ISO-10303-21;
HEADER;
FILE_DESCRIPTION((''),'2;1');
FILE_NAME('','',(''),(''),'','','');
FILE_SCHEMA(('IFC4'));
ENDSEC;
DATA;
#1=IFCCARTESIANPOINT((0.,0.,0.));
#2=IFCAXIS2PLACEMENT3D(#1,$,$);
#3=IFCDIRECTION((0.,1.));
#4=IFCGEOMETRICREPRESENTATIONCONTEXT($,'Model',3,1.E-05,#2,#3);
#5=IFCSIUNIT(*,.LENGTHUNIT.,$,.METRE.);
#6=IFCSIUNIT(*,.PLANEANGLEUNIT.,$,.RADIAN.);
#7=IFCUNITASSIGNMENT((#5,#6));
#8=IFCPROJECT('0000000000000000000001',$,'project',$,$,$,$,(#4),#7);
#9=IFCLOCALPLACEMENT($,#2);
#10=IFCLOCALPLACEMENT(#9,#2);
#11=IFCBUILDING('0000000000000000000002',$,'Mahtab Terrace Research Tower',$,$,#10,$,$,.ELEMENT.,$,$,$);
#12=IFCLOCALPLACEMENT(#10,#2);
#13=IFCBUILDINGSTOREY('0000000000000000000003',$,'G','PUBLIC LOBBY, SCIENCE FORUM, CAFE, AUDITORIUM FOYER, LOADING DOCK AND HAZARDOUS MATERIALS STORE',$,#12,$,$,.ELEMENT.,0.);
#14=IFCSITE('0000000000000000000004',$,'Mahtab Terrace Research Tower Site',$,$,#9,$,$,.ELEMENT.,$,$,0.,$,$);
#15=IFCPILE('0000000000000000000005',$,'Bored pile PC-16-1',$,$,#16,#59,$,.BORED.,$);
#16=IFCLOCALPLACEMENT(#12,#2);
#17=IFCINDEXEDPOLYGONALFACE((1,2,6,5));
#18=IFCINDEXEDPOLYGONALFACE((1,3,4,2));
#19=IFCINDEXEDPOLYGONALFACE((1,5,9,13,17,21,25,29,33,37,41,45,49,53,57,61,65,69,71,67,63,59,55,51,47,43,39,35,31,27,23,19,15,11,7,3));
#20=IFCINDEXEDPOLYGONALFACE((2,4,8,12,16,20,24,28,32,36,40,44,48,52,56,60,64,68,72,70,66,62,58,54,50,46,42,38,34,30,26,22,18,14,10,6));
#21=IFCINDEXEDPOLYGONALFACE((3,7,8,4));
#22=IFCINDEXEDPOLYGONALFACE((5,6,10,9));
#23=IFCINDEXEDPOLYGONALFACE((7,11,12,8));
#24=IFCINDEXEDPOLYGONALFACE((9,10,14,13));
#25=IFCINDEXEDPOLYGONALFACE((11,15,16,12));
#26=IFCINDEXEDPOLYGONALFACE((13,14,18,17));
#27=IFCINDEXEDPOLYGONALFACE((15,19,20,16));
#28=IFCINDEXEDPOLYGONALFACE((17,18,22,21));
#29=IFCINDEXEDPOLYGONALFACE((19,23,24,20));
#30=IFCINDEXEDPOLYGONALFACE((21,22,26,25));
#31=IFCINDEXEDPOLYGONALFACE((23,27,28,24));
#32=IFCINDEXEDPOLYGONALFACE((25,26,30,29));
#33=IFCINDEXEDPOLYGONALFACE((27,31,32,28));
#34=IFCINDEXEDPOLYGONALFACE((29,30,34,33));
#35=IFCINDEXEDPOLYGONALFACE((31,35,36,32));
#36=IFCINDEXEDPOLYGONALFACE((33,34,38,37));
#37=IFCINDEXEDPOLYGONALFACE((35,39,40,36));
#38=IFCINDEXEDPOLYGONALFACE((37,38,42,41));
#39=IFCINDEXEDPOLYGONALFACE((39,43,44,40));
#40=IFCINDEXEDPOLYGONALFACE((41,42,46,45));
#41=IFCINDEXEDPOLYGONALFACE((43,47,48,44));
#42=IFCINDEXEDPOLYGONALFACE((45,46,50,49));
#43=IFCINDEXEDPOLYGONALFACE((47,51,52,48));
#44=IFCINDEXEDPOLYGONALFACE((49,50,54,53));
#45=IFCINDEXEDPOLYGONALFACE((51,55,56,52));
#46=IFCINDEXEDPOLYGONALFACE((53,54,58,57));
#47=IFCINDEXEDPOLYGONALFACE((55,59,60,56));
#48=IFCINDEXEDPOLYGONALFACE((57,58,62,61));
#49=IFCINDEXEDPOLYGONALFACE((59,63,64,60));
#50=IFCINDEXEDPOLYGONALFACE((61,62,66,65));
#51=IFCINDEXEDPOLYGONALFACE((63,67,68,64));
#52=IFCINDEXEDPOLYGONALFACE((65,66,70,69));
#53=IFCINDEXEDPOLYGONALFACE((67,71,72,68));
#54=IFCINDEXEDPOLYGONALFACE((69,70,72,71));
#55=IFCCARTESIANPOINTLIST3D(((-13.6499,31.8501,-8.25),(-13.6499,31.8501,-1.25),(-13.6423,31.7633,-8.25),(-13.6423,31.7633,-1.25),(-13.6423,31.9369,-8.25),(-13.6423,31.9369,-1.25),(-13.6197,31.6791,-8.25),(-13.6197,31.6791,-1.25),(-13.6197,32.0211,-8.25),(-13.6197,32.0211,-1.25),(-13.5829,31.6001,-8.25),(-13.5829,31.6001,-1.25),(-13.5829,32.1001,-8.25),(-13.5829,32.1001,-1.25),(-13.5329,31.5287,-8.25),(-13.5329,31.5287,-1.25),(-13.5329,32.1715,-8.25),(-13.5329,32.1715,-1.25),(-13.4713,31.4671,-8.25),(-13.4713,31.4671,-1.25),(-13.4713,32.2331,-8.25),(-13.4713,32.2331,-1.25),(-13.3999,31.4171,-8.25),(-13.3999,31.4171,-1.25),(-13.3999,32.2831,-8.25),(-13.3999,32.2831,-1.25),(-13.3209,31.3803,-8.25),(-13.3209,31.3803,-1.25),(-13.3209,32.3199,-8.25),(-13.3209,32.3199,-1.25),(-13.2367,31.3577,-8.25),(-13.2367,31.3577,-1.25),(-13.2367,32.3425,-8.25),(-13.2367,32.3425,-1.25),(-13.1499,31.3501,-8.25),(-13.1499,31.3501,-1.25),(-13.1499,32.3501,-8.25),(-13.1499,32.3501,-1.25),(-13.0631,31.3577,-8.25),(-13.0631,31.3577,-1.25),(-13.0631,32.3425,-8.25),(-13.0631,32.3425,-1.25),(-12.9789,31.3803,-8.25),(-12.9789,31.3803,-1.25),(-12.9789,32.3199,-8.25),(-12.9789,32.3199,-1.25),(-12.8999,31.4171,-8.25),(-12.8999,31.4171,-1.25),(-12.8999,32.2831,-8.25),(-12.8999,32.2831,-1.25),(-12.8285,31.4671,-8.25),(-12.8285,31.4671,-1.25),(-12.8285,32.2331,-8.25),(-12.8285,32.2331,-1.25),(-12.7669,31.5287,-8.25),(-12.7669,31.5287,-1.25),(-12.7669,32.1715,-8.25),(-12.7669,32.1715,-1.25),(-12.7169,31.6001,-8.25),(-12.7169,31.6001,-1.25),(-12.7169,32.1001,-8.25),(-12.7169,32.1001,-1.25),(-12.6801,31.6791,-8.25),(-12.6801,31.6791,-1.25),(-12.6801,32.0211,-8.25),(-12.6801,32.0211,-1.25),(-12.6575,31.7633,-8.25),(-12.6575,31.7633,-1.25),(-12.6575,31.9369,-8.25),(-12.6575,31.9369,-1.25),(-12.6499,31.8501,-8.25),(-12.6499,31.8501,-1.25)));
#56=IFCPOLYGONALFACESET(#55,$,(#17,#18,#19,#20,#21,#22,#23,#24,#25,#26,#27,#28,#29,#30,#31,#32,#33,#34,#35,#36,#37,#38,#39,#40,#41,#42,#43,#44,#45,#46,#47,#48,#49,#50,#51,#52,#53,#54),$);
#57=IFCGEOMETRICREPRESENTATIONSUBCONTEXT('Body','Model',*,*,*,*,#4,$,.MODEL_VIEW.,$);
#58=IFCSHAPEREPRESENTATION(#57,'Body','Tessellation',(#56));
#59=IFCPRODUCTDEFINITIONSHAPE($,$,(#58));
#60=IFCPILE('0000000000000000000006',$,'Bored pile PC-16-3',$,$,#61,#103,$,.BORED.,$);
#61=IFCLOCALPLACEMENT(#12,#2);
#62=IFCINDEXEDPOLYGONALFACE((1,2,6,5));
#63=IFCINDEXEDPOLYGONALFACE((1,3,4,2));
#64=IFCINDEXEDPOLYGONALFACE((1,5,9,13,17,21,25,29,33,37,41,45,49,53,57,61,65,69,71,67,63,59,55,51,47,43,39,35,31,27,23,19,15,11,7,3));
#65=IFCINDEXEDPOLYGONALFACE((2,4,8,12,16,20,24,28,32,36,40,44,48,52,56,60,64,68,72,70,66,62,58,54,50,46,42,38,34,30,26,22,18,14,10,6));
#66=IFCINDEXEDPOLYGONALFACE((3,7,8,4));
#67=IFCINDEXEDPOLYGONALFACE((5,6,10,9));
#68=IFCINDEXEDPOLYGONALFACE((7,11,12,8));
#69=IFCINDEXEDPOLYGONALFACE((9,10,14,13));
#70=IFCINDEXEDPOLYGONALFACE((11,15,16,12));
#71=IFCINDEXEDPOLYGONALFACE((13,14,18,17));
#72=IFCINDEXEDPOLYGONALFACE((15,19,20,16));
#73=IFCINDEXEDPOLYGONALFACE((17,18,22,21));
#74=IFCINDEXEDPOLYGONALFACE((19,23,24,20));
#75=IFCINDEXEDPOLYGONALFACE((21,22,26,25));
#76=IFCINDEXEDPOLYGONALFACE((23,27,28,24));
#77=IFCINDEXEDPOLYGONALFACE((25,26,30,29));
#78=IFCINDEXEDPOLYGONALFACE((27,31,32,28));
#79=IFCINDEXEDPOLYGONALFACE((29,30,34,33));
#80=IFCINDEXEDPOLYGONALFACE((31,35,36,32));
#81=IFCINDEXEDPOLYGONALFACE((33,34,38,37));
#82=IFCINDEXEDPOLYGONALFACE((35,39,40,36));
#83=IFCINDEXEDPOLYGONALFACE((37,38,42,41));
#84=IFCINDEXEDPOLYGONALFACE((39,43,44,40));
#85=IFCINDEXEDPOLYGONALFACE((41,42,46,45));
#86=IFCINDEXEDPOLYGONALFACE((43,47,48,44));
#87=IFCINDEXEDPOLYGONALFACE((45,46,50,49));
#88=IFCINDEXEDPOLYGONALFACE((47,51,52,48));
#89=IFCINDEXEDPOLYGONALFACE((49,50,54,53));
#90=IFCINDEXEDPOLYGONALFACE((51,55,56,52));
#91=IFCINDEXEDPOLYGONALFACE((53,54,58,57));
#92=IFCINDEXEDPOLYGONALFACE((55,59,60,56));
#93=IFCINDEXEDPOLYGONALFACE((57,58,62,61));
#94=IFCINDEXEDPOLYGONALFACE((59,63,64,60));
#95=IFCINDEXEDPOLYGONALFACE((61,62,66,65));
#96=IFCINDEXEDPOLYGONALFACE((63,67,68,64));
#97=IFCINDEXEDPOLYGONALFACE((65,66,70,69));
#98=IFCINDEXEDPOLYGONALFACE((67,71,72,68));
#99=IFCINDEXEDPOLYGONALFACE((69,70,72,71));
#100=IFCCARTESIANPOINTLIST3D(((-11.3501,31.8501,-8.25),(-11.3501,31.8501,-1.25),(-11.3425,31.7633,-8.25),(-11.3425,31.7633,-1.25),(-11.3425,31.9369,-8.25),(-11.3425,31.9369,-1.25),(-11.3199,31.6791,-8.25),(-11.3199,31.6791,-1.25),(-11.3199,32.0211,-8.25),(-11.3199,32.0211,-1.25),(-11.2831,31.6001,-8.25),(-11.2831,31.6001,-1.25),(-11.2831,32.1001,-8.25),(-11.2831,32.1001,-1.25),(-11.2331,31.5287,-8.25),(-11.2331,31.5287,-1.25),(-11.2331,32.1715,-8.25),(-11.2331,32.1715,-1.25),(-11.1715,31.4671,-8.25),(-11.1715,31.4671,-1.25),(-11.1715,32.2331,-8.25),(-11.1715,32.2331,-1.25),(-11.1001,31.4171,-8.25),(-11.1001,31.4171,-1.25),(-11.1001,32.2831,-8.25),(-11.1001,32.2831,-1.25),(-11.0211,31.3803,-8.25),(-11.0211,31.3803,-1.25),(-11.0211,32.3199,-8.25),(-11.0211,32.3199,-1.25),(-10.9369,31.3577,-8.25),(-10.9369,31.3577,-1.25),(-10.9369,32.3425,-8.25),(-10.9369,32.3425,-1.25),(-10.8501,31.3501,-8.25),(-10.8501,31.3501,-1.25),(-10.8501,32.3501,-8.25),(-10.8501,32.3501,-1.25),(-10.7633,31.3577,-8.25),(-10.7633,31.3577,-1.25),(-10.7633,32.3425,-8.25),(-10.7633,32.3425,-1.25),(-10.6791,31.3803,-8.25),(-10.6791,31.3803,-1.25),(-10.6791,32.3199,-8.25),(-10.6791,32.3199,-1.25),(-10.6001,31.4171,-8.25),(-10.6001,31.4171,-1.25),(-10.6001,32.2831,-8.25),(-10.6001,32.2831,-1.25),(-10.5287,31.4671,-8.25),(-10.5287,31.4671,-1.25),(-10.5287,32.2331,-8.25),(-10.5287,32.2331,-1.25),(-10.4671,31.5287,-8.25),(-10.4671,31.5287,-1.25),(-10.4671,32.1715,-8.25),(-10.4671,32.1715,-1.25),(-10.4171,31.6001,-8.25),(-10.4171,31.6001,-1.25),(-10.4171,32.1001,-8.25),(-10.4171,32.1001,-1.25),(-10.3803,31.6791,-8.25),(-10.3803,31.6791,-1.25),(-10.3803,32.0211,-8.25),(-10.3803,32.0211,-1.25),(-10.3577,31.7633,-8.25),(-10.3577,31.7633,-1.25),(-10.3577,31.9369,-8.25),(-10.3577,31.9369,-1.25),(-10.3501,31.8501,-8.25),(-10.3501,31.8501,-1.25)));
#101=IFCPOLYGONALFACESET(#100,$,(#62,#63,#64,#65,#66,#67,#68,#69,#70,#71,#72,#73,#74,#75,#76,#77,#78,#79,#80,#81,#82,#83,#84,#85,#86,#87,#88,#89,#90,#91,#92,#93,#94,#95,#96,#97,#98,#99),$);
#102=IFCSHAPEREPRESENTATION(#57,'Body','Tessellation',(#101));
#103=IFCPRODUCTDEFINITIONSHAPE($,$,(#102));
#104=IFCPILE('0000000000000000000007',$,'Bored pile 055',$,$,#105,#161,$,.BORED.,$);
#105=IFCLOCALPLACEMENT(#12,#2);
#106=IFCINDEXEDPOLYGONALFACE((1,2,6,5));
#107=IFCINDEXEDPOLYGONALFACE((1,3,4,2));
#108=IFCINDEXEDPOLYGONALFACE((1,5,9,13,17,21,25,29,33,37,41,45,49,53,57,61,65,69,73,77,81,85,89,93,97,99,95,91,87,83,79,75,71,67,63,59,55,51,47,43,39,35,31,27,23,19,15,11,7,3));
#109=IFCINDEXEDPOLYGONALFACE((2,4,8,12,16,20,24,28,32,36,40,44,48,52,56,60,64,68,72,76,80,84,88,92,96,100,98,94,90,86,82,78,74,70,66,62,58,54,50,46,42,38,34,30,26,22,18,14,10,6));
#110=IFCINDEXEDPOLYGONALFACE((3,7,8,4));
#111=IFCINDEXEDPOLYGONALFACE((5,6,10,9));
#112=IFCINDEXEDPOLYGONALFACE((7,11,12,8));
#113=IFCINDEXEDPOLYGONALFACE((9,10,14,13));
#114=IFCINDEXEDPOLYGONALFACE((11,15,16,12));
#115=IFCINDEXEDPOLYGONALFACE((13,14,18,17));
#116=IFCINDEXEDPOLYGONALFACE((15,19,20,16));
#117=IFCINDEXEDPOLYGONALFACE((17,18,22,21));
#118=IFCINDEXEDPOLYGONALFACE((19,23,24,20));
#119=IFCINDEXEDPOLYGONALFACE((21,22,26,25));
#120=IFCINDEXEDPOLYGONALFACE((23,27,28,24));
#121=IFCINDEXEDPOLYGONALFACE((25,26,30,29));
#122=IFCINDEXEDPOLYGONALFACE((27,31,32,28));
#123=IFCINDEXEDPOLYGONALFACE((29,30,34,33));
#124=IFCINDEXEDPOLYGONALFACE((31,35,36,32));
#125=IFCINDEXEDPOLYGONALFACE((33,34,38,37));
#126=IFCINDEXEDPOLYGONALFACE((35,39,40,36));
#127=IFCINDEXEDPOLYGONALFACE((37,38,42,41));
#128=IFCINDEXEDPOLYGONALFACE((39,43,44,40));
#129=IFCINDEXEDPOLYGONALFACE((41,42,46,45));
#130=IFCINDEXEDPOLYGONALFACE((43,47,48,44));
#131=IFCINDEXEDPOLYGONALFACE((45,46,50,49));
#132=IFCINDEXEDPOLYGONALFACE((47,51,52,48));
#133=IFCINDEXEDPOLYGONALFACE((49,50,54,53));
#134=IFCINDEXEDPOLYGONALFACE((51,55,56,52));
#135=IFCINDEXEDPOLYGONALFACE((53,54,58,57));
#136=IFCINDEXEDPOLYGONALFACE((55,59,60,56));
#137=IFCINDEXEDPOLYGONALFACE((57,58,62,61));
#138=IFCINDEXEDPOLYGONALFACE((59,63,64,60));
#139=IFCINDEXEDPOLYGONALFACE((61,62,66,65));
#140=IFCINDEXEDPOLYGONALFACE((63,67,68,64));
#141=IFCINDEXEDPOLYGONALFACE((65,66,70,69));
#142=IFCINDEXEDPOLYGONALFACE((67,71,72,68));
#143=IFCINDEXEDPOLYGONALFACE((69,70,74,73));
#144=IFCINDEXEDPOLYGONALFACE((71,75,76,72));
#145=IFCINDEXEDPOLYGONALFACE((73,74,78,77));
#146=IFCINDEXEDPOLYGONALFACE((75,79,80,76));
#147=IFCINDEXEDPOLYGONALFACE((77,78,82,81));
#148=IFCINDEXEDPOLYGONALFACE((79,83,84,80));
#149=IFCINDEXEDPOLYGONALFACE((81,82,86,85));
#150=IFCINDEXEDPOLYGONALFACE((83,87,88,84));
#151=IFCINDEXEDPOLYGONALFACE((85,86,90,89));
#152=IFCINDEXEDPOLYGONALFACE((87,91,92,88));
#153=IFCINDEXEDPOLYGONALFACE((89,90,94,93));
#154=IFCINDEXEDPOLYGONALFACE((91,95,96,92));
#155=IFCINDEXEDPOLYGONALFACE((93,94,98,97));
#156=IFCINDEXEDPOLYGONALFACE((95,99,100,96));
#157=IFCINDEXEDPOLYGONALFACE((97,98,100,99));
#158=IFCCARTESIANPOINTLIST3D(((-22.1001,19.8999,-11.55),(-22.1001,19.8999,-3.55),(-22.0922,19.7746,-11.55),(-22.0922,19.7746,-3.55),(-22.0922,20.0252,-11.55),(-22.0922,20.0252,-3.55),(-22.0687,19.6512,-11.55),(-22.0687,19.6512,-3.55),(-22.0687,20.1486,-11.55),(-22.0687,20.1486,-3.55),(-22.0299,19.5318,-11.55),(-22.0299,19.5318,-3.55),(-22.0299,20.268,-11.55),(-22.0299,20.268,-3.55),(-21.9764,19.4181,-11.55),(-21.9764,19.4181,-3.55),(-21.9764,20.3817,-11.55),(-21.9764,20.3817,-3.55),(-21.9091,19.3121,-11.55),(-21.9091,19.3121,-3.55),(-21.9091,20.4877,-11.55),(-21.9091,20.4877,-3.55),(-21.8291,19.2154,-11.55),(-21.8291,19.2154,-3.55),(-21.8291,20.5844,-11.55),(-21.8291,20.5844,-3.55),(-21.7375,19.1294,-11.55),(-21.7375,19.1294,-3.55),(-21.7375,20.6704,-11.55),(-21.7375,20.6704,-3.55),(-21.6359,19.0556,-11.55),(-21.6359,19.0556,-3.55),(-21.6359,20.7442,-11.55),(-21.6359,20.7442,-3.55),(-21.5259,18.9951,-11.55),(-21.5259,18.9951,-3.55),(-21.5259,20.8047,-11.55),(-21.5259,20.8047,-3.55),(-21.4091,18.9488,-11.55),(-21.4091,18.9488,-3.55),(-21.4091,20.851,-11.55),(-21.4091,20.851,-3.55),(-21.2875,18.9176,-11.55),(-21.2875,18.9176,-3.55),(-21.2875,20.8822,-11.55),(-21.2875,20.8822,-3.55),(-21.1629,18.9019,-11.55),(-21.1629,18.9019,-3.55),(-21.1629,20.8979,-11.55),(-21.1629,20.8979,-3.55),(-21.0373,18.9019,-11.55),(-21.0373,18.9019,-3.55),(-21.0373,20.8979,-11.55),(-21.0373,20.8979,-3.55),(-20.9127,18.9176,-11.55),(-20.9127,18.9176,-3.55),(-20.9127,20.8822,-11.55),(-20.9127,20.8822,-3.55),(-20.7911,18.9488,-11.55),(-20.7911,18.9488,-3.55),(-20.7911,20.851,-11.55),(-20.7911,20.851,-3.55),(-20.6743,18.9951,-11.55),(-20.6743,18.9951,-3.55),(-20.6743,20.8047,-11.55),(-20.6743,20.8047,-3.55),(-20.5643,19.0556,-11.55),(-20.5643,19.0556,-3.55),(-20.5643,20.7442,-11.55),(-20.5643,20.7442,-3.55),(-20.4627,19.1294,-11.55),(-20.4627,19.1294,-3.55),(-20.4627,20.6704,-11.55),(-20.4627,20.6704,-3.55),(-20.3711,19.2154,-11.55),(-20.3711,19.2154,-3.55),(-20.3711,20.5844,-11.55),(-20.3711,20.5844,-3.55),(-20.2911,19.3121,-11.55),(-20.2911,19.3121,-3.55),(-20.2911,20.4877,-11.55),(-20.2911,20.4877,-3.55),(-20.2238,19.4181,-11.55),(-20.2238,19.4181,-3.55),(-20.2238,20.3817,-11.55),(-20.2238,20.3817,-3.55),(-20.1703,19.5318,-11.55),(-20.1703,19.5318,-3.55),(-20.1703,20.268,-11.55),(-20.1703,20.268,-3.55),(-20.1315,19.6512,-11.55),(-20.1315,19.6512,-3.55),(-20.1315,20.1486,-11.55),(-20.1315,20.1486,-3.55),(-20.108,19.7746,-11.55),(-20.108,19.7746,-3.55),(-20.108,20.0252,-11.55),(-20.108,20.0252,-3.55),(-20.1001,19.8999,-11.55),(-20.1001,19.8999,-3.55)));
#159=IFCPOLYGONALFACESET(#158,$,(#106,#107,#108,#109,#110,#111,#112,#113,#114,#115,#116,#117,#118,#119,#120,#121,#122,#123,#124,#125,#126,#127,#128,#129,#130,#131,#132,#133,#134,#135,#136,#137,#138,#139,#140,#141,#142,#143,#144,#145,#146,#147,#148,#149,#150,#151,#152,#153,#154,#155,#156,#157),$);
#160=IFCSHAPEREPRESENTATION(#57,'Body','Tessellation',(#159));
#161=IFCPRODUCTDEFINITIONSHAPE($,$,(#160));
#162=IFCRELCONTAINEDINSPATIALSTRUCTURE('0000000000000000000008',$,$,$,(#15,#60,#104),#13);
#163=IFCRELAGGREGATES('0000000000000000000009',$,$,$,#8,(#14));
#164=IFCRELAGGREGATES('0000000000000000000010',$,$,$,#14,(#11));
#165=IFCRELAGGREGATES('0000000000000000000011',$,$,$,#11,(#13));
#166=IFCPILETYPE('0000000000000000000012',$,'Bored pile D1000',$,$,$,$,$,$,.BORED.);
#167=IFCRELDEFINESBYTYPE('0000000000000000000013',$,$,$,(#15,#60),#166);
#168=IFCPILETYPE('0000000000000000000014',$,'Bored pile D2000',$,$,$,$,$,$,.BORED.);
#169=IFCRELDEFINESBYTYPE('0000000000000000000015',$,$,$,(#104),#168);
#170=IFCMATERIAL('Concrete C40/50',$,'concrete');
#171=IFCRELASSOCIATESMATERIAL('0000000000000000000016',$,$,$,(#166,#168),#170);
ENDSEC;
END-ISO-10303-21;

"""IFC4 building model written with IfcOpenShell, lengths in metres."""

from ifc_helpers import new_model, si_unit, direction, frame, origin, origin_2d, place, context, subcontext, project, spatial, circle, extrude, material, material_profile, profile_set, type_object, element, save


model = new_model("IFC4")

# Units and contexts
model_context = context("Model", 3, precision=1e-05, world=origin(), true_north=direction((0.0, 1.0)))
body_context = subcontext(model_context, "Body", "Model", "MODEL_VIEW")
ifc_project = project(units=[si_unit("LENGTHUNIT", "METRE"), si_unit("PLANEANGLEUNIT", "RADIAN")], contexts=[model_context])

# Site, building, storey
site_placement = place(None, origin())
site = spatial("IfcSite", under=ifc_project, at=site_placement, Name="Mahtab Terrace Research Tower Site", CompositionType="ELEMENT", RefElevation=0.0)
building_placement = place(site_placement, origin())
building = spatial("IfcBuilding", under=site, at=building_placement, Name="Mahtab Terrace Research Tower", CompositionType="ELEMENT")
storey_placement = place(building_placement, origin())
storey = spatial("IfcBuildingStorey", under=building, at=storey_placement, Name="G", Description="PUBLIC LOBBY, SCIENCE FORUM, CAFE, AUDITORIUM FOYER, LOADING DOCK AND HAZARDOUS MATERIALS STORE", CompositionType="ELEMENT", Elevation=0.0)

# Piles
ifc_material_1 = material(Name="Concrete C40/50", Category="concrete")
ifc_material_profile_1 = material_profile(ifc_material_1, circle(Radius=0.5, at=origin_2d()), Name="Bored pile D1000")
ifc_profile_set_1 = profile_set([ifc_material_profile_1], Name="Concrete C40/50")
pile_type_1 = type_object("IfcPileType", Name="Bored pile D1000", PredefinedType="BORED", material=ifc_profile_set_1)
for number, where, z_axis, x_axis, name in (
    (1, (-13.1499, 31.8501, -1.25), (0.0, 0.0, -1.0), (1.0, 0.0, 0.0), "Bored pile PC-16-1"),
    (2, (-10.8501, 31.8501, -1.25), (0.0, 0.0, -1.0), (1.0, 0.0, 0.0), "Bored pile PC-16-3"),
):
    element("IfcPile", number, at=place(storey_placement, frame(where, z_axis=z_axis, x_axis=x_axis)), inside=storey, type_object=pile_type_1, Name=name, PredefinedType="BORED", context=body_context, shape_type="SweptSolid", body=[
        extrude(circle(Radius=0.5, at=origin_2d()), origin(), (0.0, 0.0, 1.0), 7.0),
    ])
ifc_material_profile_2 = material_profile(ifc_material_1, circle(Radius=1.0, at=origin_2d()), Name="Bored pile D2000")
ifc_profile_set_2 = profile_set([ifc_material_profile_2], Name="Concrete C40/50")
pile_type_2 = type_object("IfcPileType", Name="Bored pile D2000", PredefinedType="BORED", material=ifc_profile_set_2)
for number, where, z_axis, x_axis, name in (
    (3, (-21.1001, 19.8999, -3.55), (0.0, 0.0, -1.0), (1.0, 0.0, 0.0), "Bored pile 055"),
):
    element("IfcPile", number, at=place(storey_placement, frame(where, z_axis=z_axis, x_axis=x_axis)), inside=storey, type_object=pile_type_2, Name=name, PredefinedType="BORED", context=body_context, shape_type="SweptSolid", body=[
        extrude(circle(Radius=1.0, at=origin_2d()), origin(), (0.0, 0.0, 1.0), 8.0),
    ])

save(model, "model.ifc")
